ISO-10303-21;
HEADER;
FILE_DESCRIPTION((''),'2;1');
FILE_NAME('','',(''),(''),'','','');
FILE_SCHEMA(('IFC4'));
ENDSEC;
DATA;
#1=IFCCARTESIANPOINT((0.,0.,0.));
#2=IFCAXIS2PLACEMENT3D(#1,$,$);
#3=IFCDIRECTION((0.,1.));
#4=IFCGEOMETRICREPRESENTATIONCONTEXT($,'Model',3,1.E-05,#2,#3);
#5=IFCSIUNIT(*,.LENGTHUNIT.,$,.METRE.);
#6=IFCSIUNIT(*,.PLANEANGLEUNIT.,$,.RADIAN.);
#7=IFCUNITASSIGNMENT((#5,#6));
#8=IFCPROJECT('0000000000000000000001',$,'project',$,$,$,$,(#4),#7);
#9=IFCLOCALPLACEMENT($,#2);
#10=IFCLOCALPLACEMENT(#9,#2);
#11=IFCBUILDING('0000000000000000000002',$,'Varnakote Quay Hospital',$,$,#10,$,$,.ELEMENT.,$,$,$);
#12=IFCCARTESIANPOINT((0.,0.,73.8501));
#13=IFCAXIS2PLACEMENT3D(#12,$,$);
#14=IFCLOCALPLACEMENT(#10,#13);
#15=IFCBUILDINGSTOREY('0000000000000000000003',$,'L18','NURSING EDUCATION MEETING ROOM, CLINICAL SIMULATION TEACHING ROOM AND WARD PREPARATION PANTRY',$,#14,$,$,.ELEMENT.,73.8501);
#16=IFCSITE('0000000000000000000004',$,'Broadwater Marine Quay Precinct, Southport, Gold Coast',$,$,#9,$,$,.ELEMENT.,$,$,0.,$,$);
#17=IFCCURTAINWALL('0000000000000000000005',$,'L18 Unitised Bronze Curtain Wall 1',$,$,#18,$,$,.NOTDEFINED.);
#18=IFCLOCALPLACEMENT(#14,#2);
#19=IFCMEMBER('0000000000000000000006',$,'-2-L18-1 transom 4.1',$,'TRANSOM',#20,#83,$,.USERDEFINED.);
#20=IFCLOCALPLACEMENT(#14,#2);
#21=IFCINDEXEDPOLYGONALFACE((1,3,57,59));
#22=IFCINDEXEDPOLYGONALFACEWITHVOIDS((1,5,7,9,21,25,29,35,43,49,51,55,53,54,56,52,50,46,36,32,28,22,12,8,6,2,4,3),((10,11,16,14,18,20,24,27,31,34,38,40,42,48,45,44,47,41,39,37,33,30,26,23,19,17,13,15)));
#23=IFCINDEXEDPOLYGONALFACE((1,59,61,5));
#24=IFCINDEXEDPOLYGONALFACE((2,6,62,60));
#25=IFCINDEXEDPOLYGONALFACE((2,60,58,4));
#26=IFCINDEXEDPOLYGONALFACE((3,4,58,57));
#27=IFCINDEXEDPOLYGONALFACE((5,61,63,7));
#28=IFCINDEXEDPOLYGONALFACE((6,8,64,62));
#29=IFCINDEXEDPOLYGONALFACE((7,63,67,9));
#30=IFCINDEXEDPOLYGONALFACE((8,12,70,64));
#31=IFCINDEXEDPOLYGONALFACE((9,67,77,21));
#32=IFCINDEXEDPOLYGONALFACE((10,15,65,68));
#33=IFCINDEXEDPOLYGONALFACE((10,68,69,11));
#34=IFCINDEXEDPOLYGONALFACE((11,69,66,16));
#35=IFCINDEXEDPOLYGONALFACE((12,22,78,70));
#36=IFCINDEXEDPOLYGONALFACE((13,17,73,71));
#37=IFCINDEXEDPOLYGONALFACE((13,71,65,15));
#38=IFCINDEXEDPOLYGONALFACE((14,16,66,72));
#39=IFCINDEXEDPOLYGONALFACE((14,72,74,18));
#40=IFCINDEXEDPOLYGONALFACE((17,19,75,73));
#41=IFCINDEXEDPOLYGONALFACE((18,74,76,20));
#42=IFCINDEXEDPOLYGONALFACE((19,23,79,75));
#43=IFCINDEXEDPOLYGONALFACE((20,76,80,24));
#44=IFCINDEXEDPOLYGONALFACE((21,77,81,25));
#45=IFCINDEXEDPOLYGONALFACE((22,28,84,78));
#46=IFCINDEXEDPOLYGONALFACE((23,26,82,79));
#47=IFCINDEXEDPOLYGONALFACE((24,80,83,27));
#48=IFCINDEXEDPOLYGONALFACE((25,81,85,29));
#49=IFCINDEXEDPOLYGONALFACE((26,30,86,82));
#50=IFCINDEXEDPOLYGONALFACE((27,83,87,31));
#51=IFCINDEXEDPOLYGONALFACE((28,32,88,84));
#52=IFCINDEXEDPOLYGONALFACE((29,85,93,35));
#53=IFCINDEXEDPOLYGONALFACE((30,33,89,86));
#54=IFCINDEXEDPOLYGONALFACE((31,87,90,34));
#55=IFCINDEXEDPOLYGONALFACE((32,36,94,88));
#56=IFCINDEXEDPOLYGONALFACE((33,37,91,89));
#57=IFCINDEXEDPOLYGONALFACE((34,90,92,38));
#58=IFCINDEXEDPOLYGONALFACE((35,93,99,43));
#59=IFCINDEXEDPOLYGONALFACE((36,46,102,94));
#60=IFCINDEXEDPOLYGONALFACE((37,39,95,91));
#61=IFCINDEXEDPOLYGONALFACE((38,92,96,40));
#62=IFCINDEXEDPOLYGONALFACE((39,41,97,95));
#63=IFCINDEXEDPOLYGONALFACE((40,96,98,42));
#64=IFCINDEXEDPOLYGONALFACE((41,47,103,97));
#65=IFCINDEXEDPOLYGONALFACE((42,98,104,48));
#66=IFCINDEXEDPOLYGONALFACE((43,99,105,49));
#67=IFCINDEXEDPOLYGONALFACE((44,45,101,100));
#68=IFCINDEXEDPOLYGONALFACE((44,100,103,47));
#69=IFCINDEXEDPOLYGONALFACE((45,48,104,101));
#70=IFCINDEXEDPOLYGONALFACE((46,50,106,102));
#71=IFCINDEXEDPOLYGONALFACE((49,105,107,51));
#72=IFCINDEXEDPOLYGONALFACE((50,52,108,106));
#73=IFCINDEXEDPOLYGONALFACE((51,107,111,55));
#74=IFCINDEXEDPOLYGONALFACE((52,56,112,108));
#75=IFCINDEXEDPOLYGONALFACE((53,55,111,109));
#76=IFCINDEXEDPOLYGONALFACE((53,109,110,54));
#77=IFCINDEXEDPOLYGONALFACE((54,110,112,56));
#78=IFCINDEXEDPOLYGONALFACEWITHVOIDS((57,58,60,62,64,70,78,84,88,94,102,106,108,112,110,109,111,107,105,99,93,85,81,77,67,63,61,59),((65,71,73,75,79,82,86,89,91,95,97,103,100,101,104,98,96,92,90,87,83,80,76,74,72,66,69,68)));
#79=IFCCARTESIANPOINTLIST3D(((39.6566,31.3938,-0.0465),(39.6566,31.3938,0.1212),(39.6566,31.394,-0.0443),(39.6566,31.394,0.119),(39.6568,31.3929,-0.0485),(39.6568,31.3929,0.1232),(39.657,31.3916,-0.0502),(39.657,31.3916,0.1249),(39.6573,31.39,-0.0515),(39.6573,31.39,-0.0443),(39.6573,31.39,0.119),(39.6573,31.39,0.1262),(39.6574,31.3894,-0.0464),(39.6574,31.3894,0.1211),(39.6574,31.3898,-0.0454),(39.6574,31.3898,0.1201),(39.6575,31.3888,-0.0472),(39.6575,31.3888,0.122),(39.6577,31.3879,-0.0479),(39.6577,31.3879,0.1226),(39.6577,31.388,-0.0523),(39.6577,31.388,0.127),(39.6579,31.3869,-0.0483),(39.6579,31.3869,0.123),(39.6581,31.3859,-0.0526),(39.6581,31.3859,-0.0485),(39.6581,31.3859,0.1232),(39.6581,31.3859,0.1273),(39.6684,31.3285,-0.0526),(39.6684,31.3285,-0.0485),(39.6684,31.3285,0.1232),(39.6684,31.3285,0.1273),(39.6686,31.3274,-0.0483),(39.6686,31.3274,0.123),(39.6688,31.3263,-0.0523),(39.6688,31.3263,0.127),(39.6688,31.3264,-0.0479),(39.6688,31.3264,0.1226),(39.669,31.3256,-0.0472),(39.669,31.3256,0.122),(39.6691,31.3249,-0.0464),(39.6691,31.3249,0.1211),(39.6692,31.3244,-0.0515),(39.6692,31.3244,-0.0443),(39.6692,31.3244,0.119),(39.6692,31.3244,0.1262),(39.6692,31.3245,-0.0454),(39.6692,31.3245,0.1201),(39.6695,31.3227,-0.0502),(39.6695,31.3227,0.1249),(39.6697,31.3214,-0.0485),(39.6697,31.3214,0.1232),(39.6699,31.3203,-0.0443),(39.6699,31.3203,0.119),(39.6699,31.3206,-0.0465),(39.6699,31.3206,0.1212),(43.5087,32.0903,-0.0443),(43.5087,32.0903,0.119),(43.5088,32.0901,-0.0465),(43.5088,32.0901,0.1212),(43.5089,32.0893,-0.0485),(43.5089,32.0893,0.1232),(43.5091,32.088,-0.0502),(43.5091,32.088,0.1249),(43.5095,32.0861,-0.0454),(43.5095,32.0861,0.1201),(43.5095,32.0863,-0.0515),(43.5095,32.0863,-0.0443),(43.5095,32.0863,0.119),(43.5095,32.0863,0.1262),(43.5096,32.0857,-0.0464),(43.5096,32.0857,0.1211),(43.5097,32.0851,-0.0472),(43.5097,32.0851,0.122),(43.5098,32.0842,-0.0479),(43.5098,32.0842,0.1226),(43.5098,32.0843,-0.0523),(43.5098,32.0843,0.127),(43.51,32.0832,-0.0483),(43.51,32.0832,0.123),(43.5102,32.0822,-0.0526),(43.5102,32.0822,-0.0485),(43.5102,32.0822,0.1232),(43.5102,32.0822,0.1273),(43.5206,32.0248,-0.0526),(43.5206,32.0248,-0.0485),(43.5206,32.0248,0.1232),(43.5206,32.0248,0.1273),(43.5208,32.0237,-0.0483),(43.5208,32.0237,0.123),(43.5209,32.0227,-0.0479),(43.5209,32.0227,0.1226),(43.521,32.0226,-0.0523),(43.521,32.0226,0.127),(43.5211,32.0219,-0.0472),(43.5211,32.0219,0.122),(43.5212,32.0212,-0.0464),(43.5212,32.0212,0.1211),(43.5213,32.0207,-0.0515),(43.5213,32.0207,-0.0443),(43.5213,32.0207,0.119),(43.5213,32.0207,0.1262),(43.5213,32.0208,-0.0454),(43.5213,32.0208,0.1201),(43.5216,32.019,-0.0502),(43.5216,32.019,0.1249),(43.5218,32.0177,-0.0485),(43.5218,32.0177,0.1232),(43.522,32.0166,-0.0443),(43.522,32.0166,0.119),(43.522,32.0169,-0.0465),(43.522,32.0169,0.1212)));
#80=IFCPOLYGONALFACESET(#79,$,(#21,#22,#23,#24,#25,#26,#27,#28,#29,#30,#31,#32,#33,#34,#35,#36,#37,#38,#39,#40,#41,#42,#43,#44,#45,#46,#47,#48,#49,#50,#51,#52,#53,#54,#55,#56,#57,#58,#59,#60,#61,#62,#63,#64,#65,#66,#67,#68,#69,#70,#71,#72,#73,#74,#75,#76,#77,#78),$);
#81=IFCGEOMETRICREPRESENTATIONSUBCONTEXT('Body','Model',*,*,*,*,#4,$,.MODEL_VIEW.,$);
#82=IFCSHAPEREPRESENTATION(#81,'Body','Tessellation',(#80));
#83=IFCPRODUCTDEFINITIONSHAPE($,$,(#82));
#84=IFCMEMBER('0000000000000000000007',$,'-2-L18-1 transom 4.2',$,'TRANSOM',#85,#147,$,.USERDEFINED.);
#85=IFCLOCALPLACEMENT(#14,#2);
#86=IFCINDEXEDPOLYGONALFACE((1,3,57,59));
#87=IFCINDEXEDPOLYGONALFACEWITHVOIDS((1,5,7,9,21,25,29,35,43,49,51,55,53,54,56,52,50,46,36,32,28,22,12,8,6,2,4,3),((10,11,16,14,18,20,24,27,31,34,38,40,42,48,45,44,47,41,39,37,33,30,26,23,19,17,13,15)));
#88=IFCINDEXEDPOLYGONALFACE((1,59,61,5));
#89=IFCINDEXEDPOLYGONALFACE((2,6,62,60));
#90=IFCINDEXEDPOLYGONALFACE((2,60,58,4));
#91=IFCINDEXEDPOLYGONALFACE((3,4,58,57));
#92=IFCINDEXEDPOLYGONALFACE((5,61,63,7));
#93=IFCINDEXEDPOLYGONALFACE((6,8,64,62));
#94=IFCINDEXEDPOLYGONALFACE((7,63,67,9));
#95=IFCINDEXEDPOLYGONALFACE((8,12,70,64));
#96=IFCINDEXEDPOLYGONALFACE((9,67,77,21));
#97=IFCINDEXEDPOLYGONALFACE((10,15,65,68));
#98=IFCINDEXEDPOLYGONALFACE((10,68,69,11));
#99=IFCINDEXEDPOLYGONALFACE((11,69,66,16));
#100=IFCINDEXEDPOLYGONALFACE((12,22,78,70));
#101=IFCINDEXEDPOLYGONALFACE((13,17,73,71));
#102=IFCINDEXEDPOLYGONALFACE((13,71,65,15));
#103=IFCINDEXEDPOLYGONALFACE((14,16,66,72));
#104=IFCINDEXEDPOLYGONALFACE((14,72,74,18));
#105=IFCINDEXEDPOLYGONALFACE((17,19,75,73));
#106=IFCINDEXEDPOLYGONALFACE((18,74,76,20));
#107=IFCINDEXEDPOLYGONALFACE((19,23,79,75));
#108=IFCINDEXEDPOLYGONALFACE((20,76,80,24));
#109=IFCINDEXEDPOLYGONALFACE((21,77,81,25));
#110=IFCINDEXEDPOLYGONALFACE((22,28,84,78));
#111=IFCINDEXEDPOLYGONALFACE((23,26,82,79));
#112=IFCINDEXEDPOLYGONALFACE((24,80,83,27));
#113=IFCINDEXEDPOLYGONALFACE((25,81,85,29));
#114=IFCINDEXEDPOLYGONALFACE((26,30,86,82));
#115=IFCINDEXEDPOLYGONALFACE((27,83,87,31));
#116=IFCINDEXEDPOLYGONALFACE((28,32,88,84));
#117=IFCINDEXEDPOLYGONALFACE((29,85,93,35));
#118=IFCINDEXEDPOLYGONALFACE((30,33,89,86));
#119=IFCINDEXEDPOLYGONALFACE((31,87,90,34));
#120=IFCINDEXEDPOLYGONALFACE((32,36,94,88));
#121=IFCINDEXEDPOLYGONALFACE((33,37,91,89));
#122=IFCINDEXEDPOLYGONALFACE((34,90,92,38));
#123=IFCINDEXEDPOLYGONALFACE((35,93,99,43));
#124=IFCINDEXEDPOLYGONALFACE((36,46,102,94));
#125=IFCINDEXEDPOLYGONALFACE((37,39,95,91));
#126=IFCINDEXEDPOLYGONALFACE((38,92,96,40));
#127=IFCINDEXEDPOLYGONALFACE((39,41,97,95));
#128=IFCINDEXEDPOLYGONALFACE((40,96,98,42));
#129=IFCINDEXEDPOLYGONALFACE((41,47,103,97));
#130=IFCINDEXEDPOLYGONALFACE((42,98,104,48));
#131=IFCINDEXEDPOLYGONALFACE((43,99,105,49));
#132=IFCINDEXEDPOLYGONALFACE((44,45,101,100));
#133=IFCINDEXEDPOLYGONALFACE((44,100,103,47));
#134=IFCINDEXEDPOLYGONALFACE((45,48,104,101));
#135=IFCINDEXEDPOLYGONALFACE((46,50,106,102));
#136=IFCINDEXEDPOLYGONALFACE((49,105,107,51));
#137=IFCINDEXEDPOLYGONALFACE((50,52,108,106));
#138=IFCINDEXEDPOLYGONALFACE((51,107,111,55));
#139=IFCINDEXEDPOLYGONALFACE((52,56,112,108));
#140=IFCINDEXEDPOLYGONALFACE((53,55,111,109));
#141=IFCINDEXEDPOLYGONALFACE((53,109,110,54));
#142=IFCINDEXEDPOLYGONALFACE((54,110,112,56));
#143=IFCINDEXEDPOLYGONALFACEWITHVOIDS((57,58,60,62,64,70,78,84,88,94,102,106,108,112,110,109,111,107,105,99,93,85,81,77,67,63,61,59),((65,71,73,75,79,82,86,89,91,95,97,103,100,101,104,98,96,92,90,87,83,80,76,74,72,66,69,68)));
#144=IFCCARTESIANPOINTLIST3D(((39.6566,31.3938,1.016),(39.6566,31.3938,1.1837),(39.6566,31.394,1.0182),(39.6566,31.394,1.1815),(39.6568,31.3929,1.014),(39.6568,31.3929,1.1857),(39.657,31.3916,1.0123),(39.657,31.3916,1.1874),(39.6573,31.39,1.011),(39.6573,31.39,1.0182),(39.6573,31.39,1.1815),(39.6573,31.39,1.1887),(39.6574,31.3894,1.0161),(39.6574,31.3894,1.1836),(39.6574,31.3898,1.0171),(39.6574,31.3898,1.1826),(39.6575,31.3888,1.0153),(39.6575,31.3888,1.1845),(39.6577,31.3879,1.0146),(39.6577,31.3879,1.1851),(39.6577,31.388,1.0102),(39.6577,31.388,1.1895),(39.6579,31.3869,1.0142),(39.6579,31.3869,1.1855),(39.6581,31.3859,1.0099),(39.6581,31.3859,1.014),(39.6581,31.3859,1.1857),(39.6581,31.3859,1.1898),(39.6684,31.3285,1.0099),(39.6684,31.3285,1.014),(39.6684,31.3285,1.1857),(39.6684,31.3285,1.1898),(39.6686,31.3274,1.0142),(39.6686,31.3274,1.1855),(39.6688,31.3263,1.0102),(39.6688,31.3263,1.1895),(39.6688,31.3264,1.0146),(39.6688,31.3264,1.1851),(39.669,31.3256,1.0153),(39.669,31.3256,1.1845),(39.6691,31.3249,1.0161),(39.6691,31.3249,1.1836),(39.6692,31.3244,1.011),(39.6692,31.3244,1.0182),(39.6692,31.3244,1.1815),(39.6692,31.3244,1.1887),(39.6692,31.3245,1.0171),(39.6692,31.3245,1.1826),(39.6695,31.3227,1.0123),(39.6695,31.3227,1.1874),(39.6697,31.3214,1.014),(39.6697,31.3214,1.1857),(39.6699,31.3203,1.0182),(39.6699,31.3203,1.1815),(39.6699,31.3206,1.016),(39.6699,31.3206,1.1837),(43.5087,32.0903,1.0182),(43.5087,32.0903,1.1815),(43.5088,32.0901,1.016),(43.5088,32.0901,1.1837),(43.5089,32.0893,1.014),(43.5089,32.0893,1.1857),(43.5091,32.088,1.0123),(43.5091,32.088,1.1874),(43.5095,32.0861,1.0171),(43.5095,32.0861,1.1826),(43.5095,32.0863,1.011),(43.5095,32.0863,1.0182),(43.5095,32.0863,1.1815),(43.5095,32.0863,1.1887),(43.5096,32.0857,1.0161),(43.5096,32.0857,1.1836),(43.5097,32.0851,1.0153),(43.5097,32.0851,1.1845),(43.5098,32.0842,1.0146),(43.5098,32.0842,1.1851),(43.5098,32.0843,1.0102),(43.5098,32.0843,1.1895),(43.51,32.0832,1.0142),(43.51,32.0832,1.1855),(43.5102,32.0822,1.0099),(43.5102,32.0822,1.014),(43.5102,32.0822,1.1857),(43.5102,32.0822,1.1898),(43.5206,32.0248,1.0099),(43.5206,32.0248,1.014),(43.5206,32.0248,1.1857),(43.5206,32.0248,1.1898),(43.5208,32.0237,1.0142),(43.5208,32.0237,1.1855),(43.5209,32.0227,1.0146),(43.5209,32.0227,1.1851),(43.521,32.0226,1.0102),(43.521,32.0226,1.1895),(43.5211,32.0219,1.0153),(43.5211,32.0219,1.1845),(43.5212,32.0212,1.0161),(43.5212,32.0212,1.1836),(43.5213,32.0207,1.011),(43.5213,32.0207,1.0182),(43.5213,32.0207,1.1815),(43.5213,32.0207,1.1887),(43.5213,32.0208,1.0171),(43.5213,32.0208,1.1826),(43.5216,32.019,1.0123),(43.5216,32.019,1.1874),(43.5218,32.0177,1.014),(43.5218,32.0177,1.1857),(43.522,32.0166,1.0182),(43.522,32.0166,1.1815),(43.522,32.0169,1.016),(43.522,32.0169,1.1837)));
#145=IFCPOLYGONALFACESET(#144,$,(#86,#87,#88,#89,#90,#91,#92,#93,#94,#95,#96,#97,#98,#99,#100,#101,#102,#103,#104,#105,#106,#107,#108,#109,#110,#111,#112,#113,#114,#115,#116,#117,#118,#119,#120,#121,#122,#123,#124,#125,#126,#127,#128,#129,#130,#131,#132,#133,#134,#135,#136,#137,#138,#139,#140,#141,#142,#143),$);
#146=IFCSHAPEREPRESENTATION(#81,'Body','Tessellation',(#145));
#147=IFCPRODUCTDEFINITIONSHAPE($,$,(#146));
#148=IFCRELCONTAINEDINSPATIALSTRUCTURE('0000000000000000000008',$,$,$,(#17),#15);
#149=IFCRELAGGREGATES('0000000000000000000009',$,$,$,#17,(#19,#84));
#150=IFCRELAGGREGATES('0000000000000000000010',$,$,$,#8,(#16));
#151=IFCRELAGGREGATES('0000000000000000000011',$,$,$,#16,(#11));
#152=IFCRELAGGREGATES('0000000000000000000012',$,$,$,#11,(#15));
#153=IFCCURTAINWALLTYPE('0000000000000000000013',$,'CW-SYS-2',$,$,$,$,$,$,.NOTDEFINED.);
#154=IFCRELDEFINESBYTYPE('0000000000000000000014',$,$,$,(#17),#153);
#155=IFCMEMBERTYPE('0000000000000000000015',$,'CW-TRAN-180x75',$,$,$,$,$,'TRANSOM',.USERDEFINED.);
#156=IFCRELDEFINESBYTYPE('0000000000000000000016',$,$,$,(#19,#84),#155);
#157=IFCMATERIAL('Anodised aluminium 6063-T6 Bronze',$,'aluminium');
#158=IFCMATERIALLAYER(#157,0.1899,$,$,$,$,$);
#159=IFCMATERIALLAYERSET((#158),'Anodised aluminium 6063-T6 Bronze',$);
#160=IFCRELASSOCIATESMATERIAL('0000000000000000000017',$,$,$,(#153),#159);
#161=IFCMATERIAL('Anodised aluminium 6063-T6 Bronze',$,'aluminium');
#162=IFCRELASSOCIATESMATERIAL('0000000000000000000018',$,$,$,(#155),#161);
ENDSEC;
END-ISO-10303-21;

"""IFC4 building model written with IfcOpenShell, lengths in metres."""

from ifc_helpers import new_model, si_unit, direction, frame, origin, origin_2d, place, context, subcontext, project, spatial, hollow_rectangle, extrude, material, layer, layer_set, material_profile, profile_set, type_object, element, aggregate, save


model = new_model("IFC4")

# Units and contexts
model_context = context("Model", 3, precision=1e-05, world=origin(), true_north=direction((0.0, 1.0)))
body_context = subcontext(model_context, "Body", "Model", "MODEL_VIEW")
ifc_project = project(units=[si_unit("LENGTHUNIT", "METRE"), si_unit("PLANEANGLEUNIT", "RADIAN")], contexts=[model_context])

# Site, building, storey
site_placement = place(None, origin())
site = spatial("IfcSite", under=ifc_project, at=site_placement, Name="Broadwater Marine Quay Precinct, Southport, Gold Coast", CompositionType="ELEMENT", RefElevation=0.0)
building_placement = place(site_placement, origin())
building = spatial("IfcBuilding", under=site, at=building_placement, Name="Varnakote Quay Hospital", CompositionType="ELEMENT")
storey_placement = place(building_placement, frame((0.0, 0.0, 73.8501)))
storey = spatial("IfcBuildingStorey", under=building, at=storey_placement, Name="L18", Description="NURSING EDUCATION MEETING ROOM, CLINICAL SIMULATION TEACHING ROOM AND WARD PREPARATION PANTRY", CompositionType="ELEMENT", Elevation=73.8501)

# Curtain wall, members
ifc_material_1 = material(Name="Anodised aluminium 6063-T6 Bronze", Category="aluminium")
ifc_layer_1 = layer(ifc_material_1, 0.1899)
ifc_layer_set_1 = layer_set([ifc_layer_1], Name="Anodised aluminium 6063-T6 Bronze")
curtain_wall_type = type_object("IfcCurtainWallType", Name="CW-SYS-2", PredefinedType="NOTDEFINED", material=ifc_layer_set_1)
curtain_wall_placement = place(storey_placement, origin())
curtain_wall = element("IfcCurtainWall", 1, at=curtain_wall_placement, inside=storey, type_object=curtain_wall_type, Name="L18 Unitised Bronze Curtain Wall 1", PredefinedType="NOTDEFINED")
ifc_material_2 = material(Name="Anodised aluminium 6063-T6 Bronze", Category="aluminium")
ifc_material_profile_1 = material_profile(ifc_material_2, hollow_rectangle(XDim=0.075, YDim=0.1799, WallThickness=0.0042, InnerFilletRadius=0.0042, OuterFilletRadius=0.0083, at=origin_2d()), Name="CW-TRAN-180x75")
ifc_profile_set_1 = profile_set([ifc_material_profile_1], Name="Anodised aluminium 6063-T6 Bronze")
member_type_1 = type_object("IfcMemberType", Name="CW-TRAN-180x75", ElementType="TRANSOM", PredefinedType="USERDEFINED", material=ifc_profile_set_1)
member_1_placement = place(storey_placement, frame((43.5154, 32.0535, 0.0374), z_axis=(-0.984053, -0.177875, 0.0), x_axis=(0.177875, -0.984053, 0.0)))
member_1 = element("IfcMember", 2, at=member_1_placement, type_object=member_type_1, Name="-2-L18-1 transom 4.1", ObjectType="TRANSOM", PredefinedType="USERDEFINED", context=body_context, shape_type="SweptSolid", body=[
    extrude(hollow_rectangle(XDim=0.075, YDim=0.1799, WallThickness=0.0042, InnerFilletRadius=0.0042, OuterFilletRadius=0.0083, at=origin_2d()), origin(), (0.0, 0.0, 1.0), 3.9146),
])
member_2_placement = place(storey_placement, frame((43.5154, 32.0535, 1.0999), z_axis=(-0.984053, -0.177875, 0.0), x_axis=(0.177875, -0.984053, 0.0)))
member_2 = element("IfcMember", 3, at=member_2_placement, type_object=member_type_1, Name="-2-L18-1 transom 4.2", ObjectType="TRANSOM", PredefinedType="USERDEFINED", context=body_context, shape_type="SweptSolid", body=[
    extrude(hollow_rectangle(XDim=0.075, YDim=0.1799, WallThickness=0.0042, InnerFilletRadius=0.0042, OuterFilletRadius=0.0083, at=origin_2d()), origin(), (0.0, 0.0, 1.0), 3.9146),
])

aggregate(curtain_wall, [member_1, member_2])

save(model, "model.ifc")
